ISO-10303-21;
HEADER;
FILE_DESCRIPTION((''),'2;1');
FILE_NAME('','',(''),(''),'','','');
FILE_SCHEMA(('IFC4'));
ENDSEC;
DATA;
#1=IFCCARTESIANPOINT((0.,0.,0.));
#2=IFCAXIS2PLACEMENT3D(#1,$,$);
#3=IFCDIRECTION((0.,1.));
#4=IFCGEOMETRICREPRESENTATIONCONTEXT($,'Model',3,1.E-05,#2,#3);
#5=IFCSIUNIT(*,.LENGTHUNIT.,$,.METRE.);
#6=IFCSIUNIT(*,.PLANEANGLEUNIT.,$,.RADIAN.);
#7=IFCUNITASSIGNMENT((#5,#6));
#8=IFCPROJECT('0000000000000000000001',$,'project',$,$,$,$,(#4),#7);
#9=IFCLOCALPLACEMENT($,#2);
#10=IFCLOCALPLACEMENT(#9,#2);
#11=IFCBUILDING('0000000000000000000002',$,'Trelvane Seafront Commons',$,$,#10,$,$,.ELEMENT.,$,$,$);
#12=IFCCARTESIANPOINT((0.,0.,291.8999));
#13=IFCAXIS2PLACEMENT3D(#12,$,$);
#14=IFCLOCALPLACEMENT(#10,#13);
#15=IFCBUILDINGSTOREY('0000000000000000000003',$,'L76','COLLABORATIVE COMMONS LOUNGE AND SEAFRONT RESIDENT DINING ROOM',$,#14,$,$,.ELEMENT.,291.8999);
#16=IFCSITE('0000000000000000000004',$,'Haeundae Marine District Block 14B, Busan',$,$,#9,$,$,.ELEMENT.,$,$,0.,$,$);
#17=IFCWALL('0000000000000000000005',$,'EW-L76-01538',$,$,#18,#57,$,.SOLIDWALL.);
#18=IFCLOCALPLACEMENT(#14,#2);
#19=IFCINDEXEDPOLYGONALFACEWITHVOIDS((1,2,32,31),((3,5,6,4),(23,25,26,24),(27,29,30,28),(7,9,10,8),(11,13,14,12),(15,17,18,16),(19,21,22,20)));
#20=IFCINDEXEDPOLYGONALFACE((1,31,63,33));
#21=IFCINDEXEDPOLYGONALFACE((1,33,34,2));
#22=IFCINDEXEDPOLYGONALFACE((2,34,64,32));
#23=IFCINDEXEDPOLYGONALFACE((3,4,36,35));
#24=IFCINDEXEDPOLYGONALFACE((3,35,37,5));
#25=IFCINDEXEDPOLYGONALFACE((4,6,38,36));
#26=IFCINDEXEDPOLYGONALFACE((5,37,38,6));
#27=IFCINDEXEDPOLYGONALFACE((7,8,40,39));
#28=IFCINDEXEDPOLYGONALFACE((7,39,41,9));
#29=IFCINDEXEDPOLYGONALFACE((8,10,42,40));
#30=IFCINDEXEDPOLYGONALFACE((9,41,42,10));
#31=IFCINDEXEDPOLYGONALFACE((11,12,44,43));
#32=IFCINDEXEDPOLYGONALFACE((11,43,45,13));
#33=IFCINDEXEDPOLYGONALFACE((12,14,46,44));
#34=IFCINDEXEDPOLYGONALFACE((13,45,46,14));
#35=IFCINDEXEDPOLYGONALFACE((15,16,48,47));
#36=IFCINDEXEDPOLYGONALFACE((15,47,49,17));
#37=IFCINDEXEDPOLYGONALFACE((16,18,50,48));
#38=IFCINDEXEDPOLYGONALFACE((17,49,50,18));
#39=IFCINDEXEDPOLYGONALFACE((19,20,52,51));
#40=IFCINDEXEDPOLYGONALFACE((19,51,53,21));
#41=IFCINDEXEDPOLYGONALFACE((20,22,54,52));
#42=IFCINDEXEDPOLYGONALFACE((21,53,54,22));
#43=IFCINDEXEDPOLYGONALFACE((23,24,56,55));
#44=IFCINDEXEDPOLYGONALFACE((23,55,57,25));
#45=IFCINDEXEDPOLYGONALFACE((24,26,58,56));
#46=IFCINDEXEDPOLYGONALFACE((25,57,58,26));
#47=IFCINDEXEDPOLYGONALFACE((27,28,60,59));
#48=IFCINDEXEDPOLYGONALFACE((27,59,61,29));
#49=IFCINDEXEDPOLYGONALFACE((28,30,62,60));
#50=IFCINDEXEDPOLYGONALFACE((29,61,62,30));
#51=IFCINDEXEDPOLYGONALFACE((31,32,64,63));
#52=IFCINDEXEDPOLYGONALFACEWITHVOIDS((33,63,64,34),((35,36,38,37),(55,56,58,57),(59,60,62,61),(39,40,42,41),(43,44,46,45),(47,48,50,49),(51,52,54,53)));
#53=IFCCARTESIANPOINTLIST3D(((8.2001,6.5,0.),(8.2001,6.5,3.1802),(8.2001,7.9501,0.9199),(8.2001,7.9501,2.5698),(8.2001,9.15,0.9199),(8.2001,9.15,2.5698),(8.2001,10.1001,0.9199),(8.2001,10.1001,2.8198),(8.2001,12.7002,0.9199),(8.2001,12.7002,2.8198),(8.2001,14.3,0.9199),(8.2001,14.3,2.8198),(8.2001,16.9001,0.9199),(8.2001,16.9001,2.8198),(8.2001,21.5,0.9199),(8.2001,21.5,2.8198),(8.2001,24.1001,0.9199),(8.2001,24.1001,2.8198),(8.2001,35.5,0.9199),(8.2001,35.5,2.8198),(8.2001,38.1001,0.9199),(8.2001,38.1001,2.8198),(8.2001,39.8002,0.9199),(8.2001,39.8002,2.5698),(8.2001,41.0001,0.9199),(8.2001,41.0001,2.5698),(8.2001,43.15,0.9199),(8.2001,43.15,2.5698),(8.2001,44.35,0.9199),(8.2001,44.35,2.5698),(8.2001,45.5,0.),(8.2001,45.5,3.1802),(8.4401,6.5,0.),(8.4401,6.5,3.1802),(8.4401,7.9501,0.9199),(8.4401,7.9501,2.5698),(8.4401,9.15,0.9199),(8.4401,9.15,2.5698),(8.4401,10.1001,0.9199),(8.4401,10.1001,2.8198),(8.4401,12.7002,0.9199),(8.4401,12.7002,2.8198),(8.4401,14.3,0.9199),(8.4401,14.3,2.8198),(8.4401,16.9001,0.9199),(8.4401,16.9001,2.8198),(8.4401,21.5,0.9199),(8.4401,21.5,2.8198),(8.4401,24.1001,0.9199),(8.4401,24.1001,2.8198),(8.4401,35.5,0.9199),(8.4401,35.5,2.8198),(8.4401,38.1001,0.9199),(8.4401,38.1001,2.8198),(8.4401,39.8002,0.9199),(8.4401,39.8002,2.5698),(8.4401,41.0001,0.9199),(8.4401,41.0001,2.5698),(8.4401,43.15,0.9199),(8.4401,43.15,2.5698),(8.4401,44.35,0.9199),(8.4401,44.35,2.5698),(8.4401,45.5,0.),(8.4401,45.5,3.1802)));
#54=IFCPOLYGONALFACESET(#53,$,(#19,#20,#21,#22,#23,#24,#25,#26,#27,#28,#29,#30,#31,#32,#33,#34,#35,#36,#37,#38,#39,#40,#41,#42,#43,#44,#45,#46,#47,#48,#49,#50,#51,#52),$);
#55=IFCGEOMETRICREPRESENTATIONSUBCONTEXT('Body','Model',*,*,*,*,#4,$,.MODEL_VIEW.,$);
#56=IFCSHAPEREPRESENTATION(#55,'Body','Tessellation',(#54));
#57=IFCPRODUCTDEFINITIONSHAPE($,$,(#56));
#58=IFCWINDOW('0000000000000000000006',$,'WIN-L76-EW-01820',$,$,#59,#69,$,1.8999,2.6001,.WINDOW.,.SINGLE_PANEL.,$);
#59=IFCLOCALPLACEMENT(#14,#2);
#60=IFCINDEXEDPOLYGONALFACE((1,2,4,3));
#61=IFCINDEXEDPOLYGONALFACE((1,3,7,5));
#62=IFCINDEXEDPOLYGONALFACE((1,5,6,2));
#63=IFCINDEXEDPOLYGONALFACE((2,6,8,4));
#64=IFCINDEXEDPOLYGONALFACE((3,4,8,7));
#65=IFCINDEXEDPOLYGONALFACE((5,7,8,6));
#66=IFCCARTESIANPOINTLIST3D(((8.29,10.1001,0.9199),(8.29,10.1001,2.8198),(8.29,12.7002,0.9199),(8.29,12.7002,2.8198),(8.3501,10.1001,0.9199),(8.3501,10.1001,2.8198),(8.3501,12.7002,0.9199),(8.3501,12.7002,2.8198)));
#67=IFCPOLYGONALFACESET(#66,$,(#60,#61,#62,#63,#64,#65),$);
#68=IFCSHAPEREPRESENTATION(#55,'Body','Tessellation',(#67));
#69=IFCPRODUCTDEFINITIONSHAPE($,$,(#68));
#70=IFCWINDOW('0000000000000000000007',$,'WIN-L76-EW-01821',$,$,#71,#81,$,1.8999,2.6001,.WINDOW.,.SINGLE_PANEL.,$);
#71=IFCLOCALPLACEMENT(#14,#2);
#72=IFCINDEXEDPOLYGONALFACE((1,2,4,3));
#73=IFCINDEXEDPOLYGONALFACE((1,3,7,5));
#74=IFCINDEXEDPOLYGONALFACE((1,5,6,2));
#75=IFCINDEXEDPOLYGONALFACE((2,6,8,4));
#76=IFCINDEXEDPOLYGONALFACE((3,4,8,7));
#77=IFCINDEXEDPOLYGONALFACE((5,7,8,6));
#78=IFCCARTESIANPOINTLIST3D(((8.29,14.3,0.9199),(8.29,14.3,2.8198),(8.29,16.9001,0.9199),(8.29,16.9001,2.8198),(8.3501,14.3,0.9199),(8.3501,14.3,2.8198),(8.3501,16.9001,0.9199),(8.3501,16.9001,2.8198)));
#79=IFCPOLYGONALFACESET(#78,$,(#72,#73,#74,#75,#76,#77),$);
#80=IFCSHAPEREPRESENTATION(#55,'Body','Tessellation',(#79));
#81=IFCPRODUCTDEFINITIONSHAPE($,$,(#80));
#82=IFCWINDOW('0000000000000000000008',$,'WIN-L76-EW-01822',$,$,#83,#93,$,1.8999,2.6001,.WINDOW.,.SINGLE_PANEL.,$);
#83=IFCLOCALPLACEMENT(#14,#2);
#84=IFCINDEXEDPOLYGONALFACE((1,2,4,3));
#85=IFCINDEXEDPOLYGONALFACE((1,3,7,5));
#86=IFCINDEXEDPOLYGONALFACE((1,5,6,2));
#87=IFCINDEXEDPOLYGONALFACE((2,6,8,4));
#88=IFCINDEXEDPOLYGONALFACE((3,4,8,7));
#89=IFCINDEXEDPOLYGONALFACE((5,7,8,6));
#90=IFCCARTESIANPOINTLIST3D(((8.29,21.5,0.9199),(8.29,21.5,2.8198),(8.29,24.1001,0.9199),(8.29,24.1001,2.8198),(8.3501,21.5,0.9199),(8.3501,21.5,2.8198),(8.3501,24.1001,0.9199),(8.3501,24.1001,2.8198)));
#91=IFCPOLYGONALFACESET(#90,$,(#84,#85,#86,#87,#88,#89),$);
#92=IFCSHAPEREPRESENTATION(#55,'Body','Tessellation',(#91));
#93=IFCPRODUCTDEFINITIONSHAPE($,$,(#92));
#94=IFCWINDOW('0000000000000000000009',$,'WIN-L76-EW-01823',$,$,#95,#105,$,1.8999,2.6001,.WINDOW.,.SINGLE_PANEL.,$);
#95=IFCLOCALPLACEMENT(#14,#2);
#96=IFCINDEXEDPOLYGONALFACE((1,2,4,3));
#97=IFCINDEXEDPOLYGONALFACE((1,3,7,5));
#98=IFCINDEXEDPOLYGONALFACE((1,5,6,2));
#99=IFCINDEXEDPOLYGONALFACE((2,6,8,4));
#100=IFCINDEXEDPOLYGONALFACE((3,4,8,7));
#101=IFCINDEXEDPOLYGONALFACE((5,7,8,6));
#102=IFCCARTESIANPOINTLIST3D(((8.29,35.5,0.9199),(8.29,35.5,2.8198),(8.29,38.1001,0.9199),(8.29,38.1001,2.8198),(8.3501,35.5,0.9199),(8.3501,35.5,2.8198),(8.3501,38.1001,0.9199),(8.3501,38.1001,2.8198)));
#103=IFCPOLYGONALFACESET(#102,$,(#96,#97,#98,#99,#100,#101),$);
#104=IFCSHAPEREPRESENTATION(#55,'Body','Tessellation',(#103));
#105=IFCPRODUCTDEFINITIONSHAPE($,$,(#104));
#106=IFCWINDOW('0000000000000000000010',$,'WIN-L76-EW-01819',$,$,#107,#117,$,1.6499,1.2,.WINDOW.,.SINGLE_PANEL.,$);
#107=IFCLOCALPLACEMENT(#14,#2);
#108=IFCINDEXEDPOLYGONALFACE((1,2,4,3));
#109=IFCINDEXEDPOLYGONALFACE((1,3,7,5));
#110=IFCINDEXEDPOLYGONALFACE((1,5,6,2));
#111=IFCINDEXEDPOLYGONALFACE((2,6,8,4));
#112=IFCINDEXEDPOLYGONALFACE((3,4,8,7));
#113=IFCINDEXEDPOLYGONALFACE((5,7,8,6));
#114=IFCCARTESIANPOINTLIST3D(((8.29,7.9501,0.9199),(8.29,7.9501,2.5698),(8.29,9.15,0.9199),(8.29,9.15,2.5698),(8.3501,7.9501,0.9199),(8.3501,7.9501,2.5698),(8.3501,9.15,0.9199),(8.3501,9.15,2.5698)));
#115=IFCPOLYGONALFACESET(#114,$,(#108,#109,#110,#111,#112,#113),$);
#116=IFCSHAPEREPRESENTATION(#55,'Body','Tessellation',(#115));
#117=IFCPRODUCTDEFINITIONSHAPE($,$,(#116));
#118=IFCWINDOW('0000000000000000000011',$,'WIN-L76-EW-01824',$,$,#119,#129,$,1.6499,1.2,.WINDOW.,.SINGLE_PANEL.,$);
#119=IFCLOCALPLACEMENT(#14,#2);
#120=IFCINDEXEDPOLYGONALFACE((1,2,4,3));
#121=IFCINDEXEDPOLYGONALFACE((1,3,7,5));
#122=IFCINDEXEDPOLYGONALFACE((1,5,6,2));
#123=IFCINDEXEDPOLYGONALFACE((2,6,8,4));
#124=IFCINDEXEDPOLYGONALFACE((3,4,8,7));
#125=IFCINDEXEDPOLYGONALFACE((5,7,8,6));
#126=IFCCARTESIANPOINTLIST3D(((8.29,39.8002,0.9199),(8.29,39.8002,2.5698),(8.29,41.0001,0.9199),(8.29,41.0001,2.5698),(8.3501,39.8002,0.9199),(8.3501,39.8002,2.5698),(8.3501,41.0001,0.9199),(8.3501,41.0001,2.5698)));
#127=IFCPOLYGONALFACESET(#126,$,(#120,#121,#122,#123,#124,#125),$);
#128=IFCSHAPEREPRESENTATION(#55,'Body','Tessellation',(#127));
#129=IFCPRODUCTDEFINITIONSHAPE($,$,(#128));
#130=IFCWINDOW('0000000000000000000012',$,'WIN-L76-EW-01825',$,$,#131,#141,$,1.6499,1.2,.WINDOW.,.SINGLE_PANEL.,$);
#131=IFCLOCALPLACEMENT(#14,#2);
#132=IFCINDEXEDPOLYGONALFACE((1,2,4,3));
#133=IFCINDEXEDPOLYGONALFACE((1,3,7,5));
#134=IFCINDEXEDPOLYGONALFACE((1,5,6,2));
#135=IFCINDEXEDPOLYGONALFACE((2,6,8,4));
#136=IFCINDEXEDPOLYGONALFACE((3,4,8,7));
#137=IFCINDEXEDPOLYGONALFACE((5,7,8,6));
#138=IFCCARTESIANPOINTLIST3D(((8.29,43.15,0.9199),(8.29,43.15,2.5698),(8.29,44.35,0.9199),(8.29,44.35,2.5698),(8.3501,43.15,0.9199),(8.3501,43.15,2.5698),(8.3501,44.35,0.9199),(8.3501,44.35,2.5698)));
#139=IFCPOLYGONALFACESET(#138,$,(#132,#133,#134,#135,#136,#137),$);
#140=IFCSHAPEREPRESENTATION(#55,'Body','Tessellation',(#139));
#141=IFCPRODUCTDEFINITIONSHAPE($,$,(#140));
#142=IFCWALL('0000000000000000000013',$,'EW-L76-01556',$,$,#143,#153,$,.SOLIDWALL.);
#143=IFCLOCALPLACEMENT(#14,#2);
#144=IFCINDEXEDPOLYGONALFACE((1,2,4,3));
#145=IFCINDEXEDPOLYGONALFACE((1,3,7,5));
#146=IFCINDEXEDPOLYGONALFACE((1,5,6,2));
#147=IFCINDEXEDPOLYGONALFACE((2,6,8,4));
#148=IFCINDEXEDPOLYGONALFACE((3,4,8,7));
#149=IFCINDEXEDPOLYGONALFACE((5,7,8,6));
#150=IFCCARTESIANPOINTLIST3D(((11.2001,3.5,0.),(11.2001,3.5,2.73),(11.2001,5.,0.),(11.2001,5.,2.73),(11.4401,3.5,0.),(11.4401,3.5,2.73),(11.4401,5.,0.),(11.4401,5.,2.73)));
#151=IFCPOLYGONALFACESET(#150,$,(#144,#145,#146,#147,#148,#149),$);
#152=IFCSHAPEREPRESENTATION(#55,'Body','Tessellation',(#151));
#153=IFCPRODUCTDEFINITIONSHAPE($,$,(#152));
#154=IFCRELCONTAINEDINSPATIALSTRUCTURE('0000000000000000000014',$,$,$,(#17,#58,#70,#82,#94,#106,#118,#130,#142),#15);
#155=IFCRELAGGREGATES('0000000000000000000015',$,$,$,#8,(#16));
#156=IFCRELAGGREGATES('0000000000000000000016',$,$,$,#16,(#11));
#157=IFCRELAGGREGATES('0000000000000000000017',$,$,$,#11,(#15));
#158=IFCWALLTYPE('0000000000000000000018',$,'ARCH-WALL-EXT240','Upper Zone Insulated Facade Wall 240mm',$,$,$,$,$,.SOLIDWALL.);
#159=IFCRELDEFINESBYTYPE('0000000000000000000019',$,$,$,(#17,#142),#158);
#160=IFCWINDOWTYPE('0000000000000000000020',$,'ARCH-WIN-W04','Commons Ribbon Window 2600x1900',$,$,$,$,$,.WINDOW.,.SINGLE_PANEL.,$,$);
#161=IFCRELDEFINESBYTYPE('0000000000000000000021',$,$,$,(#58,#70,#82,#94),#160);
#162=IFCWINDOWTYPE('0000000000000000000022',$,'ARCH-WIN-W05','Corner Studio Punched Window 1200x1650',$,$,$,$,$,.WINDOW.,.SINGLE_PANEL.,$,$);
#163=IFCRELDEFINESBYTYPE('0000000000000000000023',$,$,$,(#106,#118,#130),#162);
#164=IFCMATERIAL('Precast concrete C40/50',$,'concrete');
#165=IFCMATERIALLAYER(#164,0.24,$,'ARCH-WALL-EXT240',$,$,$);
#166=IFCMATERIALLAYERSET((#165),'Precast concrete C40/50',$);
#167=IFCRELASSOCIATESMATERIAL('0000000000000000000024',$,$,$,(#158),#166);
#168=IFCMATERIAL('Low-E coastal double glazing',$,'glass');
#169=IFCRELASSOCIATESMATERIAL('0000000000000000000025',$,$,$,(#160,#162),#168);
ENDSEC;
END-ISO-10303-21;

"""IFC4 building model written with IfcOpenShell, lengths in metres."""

from ifc_helpers import new_model, si_unit, direction, frame, frame_2d, origin, place, context, subcontext, project, spatial, rectangle, extrude, source, transform, mapped, material, layer, layer_set, type_object, element, fill, save


model = new_model("IFC4")

# Units and contexts
model_context = context("Model", 3, precision=1e-05, world=origin(), true_north=direction((0.0, 1.0)))
body_context = subcontext(model_context, "Body", "Model", "MODEL_VIEW")
ifc_project = project(units=[si_unit("LENGTHUNIT", "METRE"), si_unit("PLANEANGLEUNIT", "RADIAN")], contexts=[model_context])

# Site, building, storey
site_placement = place(None, origin())
site = spatial("IfcSite", under=ifc_project, at=site_placement, Name="Haeundae Marine District Block 14B, Busan", CompositionType="ELEMENT", RefElevation=0.0)
building_placement = place(site_placement, origin())
building = spatial("IfcBuilding", under=site, at=building_placement, Name="Trelvane Seafront Commons", CompositionType="ELEMENT")
storey_placement = place(building_placement, frame((0.0, 0.0, 291.8999)))
storey = spatial("IfcBuildingStorey", under=building, at=storey_placement, Name="L76", Description="COLLABORATIVE COMMONS LOUNGE AND SEAFRONT RESIDENT DINING ROOM", CompositionType="ELEMENT", Elevation=291.8999)

# Shared definitions
ifc_material_1 = material(Name="Precast concrete C40/50", Category="concrete")
ifc_layer_1 = layer(ifc_material_1, 0.24, Name="ARCH-WALL-EXT240")
ifc_layer_set_1 = layer_set([ifc_layer_1], Name="Precast concrete C40/50")
wall_type_1 = type_object("IfcWallType", Name="ARCH-WALL-EXT240", Description="Upper Zone Insulated Facade Wall 240mm", PredefinedType="SOLIDWALL", material=ifc_layer_set_1)

# Wall, openings, windows
wall_1_placement = place(storey_placement, frame((8.3201, 6.5, 0.0), z_axis=(0.0, 0.0, 1.0), x_axis=(0.0, 1.0, 0.0)))
wall_1 = element("IfcWall", 1, at=wall_1_placement, inside=storey, type_object=wall_type_1, Name="EW-L76-01538", PredefinedType="SOLIDWALL", context=body_context, shape_type="SweptSolid", body=[
    extrude(rectangle(XDim=39.0, YDim=0.24, at=frame_2d((19.5, 0.0))), origin(), (0.0, 0.0, 1.0), 3.1802),
])
opening_1_placement = place(wall_1_placement, frame((1.45, 0.0, 0.9199)))
opening_1 = element("IfcOpeningElement", 2, at=opening_1_placement, cuts=wall_1, PredefinedType="OPENING", context=body_context, shape_type="SweptSolid", body=[
    extrude(rectangle(XDim=1.2, YDim=1.6499, at=frame_2d((0.6001, 0.825))), frame((0.0, 0.1299, 0.0), z_axis=(0.0, -1.0, 0.0), x_axis=(1.0, 0.0, 0.0)), (0.0, 0.0, 1.0), 0.26),
])
opening_2_placement = place(wall_1_placement, frame((3.6001, 0.0, 0.9199)))
opening_2 = element("IfcOpeningElement", 3, at=opening_2_placement, cuts=wall_1, PredefinedType="OPENING", context=body_context, shape_type="SweptSolid", body=[
    extrude(rectangle(XDim=2.6001, YDim=1.8999, at=frame_2d((1.3, 0.95))), frame((0.0, 0.1299, 0.0), z_axis=(0.0, -1.0, 0.0), x_axis=(1.0, 0.0, 0.0)), (0.0, 0.0, 1.0), 0.26),
])
opening_3_placement = place(wall_1_placement, frame((7.8, 0.0, 0.9199)))
opening_3 = element("IfcOpeningElement", 4, at=opening_3_placement, cuts=wall_1, PredefinedType="OPENING", context=body_context, shape_type="SweptSolid", body=[
    extrude(rectangle(XDim=2.6001, YDim=1.8999, at=frame_2d((1.3, 0.95))), frame((0.0, 0.1299, 0.0), z_axis=(0.0, -1.0, 0.0), x_axis=(1.0, 0.0, 0.0)), (0.0, 0.0, 1.0), 0.26),
])
opening_4_placement = place(wall_1_placement, frame((15.0, 0.0, 0.9199)))
opening_4 = element("IfcOpeningElement", 5, at=opening_4_placement, cuts=wall_1, PredefinedType="OPENING", context=body_context, shape_type="SweptSolid", body=[
    extrude(rectangle(XDim=2.6001, YDim=1.8999, at=frame_2d((1.3, 0.95))), frame((0.0, 0.1299, 0.0), z_axis=(0.0, -1.0, 0.0), x_axis=(1.0, 0.0, 0.0)), (0.0, 0.0, 1.0), 0.26),
])
opening_5_placement = place(wall_1_placement, frame((29.0, 0.0, 0.9199)))
opening_5 = element("IfcOpeningElement", 6, at=opening_5_placement, cuts=wall_1, PredefinedType="OPENING", context=body_context, shape_type="SweptSolid", body=[
    extrude(rectangle(XDim=2.6001, YDim=1.8999, at=frame_2d((1.3, 0.95))), frame((0.0, 0.1299, 0.0), z_axis=(0.0, -1.0, 0.0), x_axis=(1.0, 0.0, 0.0)), (0.0, 0.0, 1.0), 0.26),
])
opening_6_placement = place(wall_1_placement, frame((33.3, 0.0, 0.9199)))
opening_6 = element("IfcOpeningElement", 7, at=opening_6_placement, cuts=wall_1, PredefinedType="OPENING", context=body_context, shape_type="SweptSolid", body=[
    extrude(rectangle(XDim=1.2, YDim=1.6499, at=frame_2d((0.6001, 0.825))), frame((0.0, 0.1299, 0.0), z_axis=(0.0, -1.0, 0.0), x_axis=(1.0, 0.0, 0.0)), (0.0, 0.0, 1.0), 0.26),
])
opening_7_placement = place(wall_1_placement, frame((36.6499, 0.0, 0.9199)))
opening_7 = element("IfcOpeningElement", 8, at=opening_7_placement, cuts=wall_1, PredefinedType="OPENING", context=body_context, shape_type="SweptSolid", body=[
    extrude(rectangle(XDim=1.2, YDim=1.6499, at=frame_2d((0.6001, 0.825))), frame((0.0, 0.1299, 0.0), z_axis=(0.0, -1.0, 0.0), x_axis=(1.0, 0.0, 0.0)), (0.0, 0.0, 1.0), 0.26),
])
ifc_material_2 = material(Name="Low-E coastal double glazing", Category="glass")
window_type_1 = type_object("IfcWindowType", Name="ARCH-WIN-W04", Description="Commons Ribbon Window 2600x1900", PartitioningType="SINGLE_PANEL", PredefinedType="WINDOW", material=ifc_material_2)
shared_shape_1 = source(origin(), body_context, "Body", "SweptSolid", [
    extrude(rectangle(XDim=2.6001, YDim=1.8999, at=frame_2d((1.3, 0.95))), frame((0.0, 0.03, 0.0), z_axis=(0.0, -1.0, 0.0), x_axis=(1.0, 0.0, 0.0)), (0.0, 0.0, 1.0), 0.0601),
])
window_1_placement = place(opening_2_placement, origin())
window_1 = element("IfcWindow", 9, at=window_1_placement, inside=storey, type_object=window_type_1, Name="WIN-L76-EW-01820", OverallHeight=1.8999, OverallWidth=2.6001, PartitioningType="SINGLE_PANEL", PredefinedType="WINDOW", context=body_context, shape_type="MappedRepresentation", body=[
    mapped(shared_shape_1, transform((0.0, 0.0, 0.0), x_axis=(1.0, 0.0, 0.0), y_axis=(0.0, 1.0, 0.0), z_axis=(0.0, 0.0, 1.0), scale=1.0)),
])
fill(opening_2, window_1)
window_2_placement = place(opening_3_placement, origin())
window_2 = element("IfcWindow", 10, at=window_2_placement, inside=storey, type_object=window_type_1, Name="WIN-L76-EW-01821", OverallHeight=1.8999, OverallWidth=2.6001, PartitioningType="SINGLE_PANEL", PredefinedType="WINDOW", context=body_context, shape_type="MappedRepresentation", body=[
    mapped(shared_shape_1, transform((0.0, 0.0, 0.0), x_axis=(1.0, 0.0, 0.0), y_axis=(0.0, 1.0, 0.0), z_axis=(0.0, 0.0, 1.0), scale=1.0)),
])
fill(opening_3, window_2)
window_3_placement = place(opening_4_placement, origin())
window_3 = element("IfcWindow", 11, at=window_3_placement, inside=storey, type_object=window_type_1, Name="WIN-L76-EW-01822", OverallHeight=1.8999, OverallWidth=2.6001, PartitioningType="SINGLE_PANEL", PredefinedType="WINDOW", context=body_context, shape_type="MappedRepresentation", body=[
    mapped(shared_shape_1, transform((0.0, 0.0, 0.0), x_axis=(1.0, 0.0, 0.0), y_axis=(0.0, 1.0, 0.0), z_axis=(0.0, 0.0, 1.0), scale=1.0)),
])
fill(opening_4, window_3)
window_4_placement = place(opening_5_placement, origin())
window_4 = element("IfcWindow", 12, at=window_4_placement, inside=storey, type_object=window_type_1, Name="WIN-L76-EW-01823", OverallHeight=1.8999, OverallWidth=2.6001, PartitioningType="SINGLE_PANEL", PredefinedType="WINDOW", context=body_context, shape_type="MappedRepresentation", body=[
    mapped(shared_shape_1, transform((0.0, 0.0, 0.0), x_axis=(1.0, 0.0, 0.0), y_axis=(0.0, 1.0, 0.0), z_axis=(0.0, 0.0, 1.0), scale=1.0)),
])
fill(opening_5, window_4)
window_type_2 = type_object("IfcWindowType", Name="ARCH-WIN-W05", Description="Corner Studio Punched Window 1200x1650", PartitioningType="SINGLE_PANEL", PredefinedType="WINDOW", material=ifc_material_2)
shared_shape_2 = source(origin(), body_context, "Body", "SweptSolid", [
    extrude(rectangle(XDim=1.2, YDim=1.6499, at=frame_2d((0.6001, 0.825))), frame((0.0, 0.03, 0.0), z_axis=(0.0, -1.0, 0.0), x_axis=(1.0, 0.0, 0.0)), (0.0, 0.0, 1.0), 0.0601),
])
window_5_placement = place(opening_1_placement, origin())
window_5 = element("IfcWindow", 13, at=window_5_placement, inside=storey, type_object=window_type_2, Name="WIN-L76-EW-01819", OverallHeight=1.6499, OverallWidth=1.2, PartitioningType="SINGLE_PANEL", PredefinedType="WINDOW", context=body_context, shape_type="MappedRepresentation", body=[
    mapped(shared_shape_2, transform((0.0, 0.0, 0.0), x_axis=(1.0, 0.0, 0.0), y_axis=(0.0, 1.0, 0.0), z_axis=(0.0, 0.0, 1.0), scale=1.0)),
])
fill(opening_1, window_5)
window_6_placement = place(opening_6_placement, origin())
window_6 = element("IfcWindow", 14, at=window_6_placement, inside=storey, type_object=window_type_2, Name="WIN-L76-EW-01824", OverallHeight=1.6499, OverallWidth=1.2, PartitioningType="SINGLE_PANEL", PredefinedType="WINDOW", context=body_context, shape_type="MappedRepresentation", body=[
    mapped(shared_shape_2, transform((0.0, 0.0, 0.0), x_axis=(1.0, 0.0, 0.0), y_axis=(0.0, 1.0, 0.0), z_axis=(0.0, 0.0, 1.0), scale=1.0)),
])
fill(opening_6, window_6)
window_7_placement = place(opening_7_placement, origin())
window_7 = element("IfcWindow", 15, at=window_7_placement, inside=storey, type_object=window_type_2, Name="WIN-L76-EW-01825", OverallHeight=1.6499, OverallWidth=1.2, PartitioningType="SINGLE_PANEL", PredefinedType="WINDOW", context=body_context, shape_type="MappedRepresentation", body=[
    mapped(shared_shape_2, transform((0.0, 0.0, 0.0), x_axis=(1.0, 0.0, 0.0), y_axis=(0.0, 1.0, 0.0), z_axis=(0.0, 0.0, 1.0), scale=1.0)),
])
fill(opening_7, window_7)

# Wall
wall_2_placement = place(storey_placement, frame((11.3201, 3.5, 0.0), z_axis=(0.0, 0.0, 1.0), x_axis=(0.0, 1.0, 0.0)))
element("IfcWall", 16, at=wall_2_placement, inside=storey, type_object=wall_type_1, Name="EW-L76-01556", PredefinedType="SOLIDWALL", context=body_context, shape_type="SweptSolid", body=[
    extrude(rectangle(XDim=1.5, YDim=0.24, at=frame_2d((0.75, 0.0))), origin(), (0.0, 0.0, 1.0), 2.73),
])

save(model, "model.ifc")
